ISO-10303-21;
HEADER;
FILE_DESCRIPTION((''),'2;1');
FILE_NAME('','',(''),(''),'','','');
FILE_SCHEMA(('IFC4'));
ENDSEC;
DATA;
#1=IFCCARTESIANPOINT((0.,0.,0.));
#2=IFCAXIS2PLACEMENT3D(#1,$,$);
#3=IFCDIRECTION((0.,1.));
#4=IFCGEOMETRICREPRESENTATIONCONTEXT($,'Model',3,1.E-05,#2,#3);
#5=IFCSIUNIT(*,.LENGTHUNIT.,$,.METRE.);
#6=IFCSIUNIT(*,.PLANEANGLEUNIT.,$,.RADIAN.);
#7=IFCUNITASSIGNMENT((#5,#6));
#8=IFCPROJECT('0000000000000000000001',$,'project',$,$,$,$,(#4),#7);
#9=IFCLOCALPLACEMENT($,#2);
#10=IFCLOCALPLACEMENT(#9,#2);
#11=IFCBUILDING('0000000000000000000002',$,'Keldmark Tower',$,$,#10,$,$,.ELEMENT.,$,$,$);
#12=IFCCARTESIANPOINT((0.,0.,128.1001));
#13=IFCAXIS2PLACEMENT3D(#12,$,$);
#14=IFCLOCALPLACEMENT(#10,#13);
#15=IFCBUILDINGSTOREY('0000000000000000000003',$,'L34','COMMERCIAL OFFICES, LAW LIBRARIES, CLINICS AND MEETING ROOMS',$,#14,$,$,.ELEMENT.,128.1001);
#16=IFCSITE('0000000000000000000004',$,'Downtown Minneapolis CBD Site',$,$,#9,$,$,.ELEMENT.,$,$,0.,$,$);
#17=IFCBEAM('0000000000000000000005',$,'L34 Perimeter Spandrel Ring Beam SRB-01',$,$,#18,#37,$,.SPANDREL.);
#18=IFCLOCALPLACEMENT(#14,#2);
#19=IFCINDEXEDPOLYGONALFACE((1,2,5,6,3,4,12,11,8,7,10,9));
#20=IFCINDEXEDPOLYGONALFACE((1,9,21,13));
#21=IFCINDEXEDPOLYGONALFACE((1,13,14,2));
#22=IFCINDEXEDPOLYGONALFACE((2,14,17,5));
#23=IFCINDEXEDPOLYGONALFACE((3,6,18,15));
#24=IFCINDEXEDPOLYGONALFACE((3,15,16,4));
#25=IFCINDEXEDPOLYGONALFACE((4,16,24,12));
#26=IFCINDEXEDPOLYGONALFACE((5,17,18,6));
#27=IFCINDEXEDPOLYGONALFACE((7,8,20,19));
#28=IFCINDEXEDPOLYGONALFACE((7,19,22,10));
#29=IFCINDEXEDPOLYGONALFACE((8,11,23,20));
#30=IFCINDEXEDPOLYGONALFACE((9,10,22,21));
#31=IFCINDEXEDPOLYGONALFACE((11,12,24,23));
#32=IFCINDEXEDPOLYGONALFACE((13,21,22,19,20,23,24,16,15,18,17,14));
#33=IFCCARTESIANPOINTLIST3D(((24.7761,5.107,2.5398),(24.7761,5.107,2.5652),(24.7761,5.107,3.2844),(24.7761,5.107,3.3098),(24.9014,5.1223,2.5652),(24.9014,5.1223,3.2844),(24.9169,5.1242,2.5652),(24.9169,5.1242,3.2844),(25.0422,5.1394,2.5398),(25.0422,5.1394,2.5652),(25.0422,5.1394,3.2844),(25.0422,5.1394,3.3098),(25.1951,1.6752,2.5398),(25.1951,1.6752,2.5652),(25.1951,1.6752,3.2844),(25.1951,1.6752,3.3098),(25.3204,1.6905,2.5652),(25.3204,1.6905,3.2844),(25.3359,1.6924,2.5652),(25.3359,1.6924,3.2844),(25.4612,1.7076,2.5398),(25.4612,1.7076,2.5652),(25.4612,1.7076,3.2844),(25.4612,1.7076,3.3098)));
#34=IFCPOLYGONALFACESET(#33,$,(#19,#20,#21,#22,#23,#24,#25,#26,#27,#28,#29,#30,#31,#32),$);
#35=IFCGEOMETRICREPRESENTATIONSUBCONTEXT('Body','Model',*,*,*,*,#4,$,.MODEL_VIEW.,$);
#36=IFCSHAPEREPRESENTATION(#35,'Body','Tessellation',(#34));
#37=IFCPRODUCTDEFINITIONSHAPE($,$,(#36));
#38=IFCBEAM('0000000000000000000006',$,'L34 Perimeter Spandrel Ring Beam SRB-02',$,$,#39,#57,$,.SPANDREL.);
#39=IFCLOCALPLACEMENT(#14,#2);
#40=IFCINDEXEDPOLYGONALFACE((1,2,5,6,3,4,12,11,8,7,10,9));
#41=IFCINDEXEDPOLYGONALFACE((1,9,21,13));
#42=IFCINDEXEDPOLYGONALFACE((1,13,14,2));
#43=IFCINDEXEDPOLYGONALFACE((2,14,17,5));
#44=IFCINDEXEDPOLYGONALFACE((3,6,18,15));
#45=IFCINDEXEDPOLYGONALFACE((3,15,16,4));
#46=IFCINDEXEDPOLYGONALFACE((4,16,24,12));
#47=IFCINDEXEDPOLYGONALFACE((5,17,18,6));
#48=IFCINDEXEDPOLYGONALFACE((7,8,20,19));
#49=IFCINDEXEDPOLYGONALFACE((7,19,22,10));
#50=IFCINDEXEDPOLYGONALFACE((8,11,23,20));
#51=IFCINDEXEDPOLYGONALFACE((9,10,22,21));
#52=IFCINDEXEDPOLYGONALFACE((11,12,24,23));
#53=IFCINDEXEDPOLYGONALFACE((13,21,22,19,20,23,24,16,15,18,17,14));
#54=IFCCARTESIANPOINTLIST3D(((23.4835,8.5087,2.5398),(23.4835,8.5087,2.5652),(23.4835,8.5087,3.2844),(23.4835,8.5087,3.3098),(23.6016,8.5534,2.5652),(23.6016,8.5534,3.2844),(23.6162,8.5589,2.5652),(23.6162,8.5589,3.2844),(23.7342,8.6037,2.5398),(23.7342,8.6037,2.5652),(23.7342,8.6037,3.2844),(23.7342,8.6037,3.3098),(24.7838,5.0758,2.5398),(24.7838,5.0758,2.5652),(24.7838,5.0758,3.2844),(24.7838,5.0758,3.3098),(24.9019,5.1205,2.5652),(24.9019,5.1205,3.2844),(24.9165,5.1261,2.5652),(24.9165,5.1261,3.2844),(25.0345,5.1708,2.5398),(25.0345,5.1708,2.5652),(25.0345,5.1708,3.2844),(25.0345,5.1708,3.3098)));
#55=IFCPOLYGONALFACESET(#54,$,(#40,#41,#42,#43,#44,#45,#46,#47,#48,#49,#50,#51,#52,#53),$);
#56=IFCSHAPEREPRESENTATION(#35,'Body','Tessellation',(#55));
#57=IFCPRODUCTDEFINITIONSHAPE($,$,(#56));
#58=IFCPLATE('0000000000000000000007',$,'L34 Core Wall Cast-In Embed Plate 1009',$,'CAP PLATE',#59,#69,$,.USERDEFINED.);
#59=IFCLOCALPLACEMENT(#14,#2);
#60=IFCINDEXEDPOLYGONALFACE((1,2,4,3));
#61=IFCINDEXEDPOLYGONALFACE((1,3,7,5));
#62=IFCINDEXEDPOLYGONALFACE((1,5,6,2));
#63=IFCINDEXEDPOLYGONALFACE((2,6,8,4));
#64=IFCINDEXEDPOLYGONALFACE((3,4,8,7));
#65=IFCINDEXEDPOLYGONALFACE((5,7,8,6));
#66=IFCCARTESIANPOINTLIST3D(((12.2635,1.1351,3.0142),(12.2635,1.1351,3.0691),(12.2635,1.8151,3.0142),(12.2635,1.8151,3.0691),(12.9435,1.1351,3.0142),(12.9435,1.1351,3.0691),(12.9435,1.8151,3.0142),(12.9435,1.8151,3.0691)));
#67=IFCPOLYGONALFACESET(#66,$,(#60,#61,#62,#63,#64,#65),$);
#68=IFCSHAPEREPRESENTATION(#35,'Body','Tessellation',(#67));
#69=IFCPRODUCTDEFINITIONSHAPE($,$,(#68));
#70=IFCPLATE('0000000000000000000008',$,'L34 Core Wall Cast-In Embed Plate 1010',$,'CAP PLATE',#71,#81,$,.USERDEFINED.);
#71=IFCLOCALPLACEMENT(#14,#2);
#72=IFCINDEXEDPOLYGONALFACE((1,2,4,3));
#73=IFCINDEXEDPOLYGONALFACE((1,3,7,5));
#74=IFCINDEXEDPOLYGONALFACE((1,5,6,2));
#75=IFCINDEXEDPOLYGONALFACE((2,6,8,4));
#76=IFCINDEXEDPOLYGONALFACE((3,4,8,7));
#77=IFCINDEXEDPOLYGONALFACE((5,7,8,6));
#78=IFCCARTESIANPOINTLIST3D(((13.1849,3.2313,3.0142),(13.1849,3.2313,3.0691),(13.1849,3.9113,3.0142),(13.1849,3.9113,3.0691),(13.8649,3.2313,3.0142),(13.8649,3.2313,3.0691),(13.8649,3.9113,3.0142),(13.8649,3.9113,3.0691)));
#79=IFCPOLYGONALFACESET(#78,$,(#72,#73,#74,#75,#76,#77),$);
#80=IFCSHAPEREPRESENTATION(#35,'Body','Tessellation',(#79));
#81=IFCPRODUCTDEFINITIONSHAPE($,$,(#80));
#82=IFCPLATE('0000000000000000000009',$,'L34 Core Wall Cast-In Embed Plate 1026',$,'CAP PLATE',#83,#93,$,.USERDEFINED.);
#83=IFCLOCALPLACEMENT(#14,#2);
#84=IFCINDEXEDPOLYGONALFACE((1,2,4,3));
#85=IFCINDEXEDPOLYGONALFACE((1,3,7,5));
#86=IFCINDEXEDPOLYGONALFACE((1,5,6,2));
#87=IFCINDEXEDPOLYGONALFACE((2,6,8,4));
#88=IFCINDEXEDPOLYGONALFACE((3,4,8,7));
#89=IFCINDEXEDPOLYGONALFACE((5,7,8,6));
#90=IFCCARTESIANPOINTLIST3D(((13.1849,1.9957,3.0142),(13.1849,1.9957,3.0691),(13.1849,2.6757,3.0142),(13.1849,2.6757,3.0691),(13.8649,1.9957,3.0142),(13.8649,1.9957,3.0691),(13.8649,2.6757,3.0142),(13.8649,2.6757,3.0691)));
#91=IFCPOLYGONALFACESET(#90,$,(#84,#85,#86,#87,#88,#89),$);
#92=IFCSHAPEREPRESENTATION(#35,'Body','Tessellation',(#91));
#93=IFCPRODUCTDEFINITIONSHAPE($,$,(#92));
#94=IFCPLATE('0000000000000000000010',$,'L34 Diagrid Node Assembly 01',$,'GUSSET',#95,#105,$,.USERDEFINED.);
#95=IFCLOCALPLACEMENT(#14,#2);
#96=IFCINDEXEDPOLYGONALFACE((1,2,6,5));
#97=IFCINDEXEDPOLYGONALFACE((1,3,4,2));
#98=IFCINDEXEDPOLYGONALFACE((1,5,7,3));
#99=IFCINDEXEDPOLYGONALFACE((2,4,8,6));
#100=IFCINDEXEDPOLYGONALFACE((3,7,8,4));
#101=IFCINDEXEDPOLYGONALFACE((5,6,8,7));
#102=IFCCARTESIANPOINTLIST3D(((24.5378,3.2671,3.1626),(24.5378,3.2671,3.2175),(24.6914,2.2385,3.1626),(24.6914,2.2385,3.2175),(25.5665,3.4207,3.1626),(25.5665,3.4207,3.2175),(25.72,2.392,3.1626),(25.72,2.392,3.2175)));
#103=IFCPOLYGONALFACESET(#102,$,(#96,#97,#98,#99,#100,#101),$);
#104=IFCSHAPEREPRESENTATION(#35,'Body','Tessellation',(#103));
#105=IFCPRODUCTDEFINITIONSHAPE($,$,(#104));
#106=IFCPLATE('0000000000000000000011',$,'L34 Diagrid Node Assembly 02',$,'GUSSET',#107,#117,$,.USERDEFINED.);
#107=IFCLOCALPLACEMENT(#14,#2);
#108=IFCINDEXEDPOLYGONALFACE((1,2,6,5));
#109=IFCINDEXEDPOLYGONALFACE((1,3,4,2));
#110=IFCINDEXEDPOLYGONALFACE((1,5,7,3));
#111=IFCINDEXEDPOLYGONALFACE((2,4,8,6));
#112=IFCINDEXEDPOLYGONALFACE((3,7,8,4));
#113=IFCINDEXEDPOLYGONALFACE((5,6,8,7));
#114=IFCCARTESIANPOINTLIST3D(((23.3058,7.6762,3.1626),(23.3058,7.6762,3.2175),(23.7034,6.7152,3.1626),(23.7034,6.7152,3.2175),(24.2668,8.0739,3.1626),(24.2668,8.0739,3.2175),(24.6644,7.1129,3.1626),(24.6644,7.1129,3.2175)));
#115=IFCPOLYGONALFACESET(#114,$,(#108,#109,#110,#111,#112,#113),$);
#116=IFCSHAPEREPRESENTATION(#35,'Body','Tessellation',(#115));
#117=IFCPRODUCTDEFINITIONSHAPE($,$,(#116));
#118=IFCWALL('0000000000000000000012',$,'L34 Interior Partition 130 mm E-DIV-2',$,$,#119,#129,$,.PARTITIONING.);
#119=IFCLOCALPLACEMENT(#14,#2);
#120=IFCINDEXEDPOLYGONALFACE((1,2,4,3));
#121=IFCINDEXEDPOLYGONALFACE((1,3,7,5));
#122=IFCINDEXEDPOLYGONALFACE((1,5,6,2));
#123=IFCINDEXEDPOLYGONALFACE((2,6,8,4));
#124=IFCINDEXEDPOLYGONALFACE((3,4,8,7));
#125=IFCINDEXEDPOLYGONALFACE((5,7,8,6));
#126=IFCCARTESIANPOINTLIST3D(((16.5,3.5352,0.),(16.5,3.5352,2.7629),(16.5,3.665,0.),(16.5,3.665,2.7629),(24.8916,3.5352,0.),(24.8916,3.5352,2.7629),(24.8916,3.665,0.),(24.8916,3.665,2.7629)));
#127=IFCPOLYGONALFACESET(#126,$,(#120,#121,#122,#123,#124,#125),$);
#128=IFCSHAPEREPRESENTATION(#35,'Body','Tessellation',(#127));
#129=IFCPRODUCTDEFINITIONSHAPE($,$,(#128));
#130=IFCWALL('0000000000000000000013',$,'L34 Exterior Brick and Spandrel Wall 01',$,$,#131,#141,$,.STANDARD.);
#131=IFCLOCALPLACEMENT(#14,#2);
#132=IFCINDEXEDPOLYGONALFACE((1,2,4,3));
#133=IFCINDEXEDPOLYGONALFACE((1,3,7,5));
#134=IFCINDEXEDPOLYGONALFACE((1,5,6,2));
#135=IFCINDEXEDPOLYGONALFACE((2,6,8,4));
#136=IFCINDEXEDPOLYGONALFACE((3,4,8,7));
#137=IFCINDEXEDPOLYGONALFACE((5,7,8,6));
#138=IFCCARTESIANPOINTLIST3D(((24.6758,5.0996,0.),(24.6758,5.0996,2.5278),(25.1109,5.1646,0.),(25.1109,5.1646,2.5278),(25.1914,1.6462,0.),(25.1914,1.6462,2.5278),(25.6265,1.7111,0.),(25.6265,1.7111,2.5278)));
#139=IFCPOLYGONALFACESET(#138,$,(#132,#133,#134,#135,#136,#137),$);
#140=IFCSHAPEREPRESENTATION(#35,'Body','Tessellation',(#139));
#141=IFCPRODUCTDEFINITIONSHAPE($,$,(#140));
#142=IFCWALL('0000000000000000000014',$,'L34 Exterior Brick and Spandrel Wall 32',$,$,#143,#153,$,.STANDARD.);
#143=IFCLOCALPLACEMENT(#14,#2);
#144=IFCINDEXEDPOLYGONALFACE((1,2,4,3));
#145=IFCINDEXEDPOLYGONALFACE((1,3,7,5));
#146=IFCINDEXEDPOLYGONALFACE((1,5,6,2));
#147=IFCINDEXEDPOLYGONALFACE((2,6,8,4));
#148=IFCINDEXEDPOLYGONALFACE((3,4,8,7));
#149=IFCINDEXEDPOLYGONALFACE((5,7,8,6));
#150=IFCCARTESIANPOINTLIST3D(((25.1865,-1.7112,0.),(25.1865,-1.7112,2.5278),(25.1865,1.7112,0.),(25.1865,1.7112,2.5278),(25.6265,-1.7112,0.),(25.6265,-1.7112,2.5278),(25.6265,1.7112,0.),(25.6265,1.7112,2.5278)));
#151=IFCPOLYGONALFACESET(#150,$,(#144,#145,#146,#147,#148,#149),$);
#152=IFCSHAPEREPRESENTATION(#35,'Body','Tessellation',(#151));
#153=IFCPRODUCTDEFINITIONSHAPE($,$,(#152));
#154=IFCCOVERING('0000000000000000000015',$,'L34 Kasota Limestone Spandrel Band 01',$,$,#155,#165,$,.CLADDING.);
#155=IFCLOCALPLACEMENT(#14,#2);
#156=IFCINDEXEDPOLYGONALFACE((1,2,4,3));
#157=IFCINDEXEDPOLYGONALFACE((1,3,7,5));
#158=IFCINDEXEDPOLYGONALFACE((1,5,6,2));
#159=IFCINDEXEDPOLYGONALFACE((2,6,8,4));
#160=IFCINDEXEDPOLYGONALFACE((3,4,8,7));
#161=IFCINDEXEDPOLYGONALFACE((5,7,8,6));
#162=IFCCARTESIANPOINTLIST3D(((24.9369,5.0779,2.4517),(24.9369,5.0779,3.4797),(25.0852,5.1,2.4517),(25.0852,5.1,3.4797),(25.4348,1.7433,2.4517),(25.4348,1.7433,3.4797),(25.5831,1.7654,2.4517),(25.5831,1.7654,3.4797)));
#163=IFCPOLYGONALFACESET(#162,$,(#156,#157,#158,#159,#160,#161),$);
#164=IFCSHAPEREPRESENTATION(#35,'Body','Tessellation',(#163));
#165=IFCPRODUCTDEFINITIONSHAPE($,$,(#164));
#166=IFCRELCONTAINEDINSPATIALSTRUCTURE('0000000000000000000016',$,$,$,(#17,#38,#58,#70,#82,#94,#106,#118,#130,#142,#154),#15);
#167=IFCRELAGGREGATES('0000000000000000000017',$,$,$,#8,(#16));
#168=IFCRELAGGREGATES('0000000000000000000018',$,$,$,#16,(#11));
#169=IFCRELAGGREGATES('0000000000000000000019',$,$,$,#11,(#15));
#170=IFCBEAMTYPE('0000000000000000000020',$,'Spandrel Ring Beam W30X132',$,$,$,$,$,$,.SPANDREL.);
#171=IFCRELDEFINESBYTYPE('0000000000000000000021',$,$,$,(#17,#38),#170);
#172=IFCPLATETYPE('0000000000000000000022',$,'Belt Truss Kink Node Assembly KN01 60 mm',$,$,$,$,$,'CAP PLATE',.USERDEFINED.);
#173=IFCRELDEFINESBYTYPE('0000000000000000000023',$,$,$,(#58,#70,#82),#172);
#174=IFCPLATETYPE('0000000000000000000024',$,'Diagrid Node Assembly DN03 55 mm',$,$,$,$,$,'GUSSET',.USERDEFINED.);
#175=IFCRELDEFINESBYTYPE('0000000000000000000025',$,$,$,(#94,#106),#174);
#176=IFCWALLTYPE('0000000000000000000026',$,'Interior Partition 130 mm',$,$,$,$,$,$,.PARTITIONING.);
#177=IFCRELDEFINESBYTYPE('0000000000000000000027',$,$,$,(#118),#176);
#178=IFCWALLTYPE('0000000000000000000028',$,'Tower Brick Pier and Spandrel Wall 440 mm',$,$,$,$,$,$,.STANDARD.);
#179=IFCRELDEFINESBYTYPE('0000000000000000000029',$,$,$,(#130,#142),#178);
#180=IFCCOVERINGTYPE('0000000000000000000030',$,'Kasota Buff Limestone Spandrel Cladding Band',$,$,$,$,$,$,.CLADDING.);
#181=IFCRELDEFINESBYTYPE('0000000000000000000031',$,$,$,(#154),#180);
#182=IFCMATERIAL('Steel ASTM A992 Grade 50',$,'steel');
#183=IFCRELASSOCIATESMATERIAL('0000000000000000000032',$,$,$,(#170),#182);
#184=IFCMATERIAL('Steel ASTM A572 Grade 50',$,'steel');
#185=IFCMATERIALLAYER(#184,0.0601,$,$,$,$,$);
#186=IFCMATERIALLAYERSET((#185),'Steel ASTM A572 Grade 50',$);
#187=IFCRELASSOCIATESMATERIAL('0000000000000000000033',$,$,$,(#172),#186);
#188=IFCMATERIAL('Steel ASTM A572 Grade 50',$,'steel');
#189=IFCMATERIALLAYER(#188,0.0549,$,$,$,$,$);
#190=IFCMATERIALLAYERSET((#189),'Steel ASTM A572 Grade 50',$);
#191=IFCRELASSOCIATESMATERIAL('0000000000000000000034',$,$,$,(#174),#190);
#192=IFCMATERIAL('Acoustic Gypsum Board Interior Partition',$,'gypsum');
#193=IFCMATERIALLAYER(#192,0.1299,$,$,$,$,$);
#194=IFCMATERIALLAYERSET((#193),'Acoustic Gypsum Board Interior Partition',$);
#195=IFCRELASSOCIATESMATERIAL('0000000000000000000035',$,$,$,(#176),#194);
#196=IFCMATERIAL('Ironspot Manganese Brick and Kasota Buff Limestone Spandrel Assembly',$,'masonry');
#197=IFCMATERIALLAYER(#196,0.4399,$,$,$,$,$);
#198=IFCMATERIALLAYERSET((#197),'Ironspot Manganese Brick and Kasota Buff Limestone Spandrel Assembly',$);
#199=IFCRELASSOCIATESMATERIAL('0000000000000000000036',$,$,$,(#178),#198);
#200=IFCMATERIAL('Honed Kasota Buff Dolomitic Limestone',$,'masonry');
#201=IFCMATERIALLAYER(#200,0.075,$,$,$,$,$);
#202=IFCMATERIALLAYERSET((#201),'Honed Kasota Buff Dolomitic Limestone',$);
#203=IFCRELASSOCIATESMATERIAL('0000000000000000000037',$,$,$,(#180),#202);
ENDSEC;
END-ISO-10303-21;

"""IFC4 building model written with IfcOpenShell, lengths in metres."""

from ifc_helpers import new_model, si_unit, direction, frame, frame_2d, origin, origin_2d, place, context, subcontext, project, spatial, rectangle, i_section, extrude, material, layer, layer_set, material_profile, profile_set, type_object, element, save


model = new_model("IFC4")

# Units and contexts
model_context = context("Model", 3, precision=1e-05, world=origin(), true_north=direction((0.0, 1.0)))
body_context = subcontext(model_context, "Body", "Model", "MODEL_VIEW")
ifc_project = project(units=[si_unit("LENGTHUNIT", "METRE"), si_unit("PLANEANGLEUNIT", "RADIAN")], contexts=[model_context])

# Site, building, storey
site_placement = place(None, origin())
site = spatial("IfcSite", under=ifc_project, at=site_placement, Name="Downtown Minneapolis CBD Site", CompositionType="ELEMENT", RefElevation=0.0)
building_placement = place(site_placement, origin())
building = spatial("IfcBuilding", under=site, at=building_placement, Name="Keldmark Tower", CompositionType="ELEMENT")
storey_placement = place(building_placement, frame((0.0, 0.0, 128.1001)))
storey = spatial("IfcBuildingStorey", under=building, at=storey_placement, Name="L34", Description="COMMERCIAL OFFICES, LAW LIBRARIES, CLINICS AND MEETING ROOMS", CompositionType="ELEMENT", Elevation=128.1001)

# Beams
ifc_material_1 = material(Name="Steel ASTM A992 Grade 50", Category="steel")
ifc_material_profile_1 = material_profile(ifc_material_1, i_section(OverallWidth=0.2681, OverallDepth=0.77, WebThickness=0.0156, FlangeThickness=0.0254, at=origin_2d()), Name="W30X132")
ifc_profile_set_1 = profile_set([ifc_material_profile_1], Name="Steel ASTM A992 Grade 50")
beam_type_1 = type_object("IfcBeamType", Name="Spandrel Ring Beam W30X132", PredefinedType="SPANDREL", material=ifc_profile_set_1)
beam_1_placement = place(storey_placement, frame((25.3281, 1.6914, 2.9248), z_axis=(-0.121175, 0.992631, 0.0), x_axis=(-0.992631, -0.121175, 0.0)))
element("IfcBeam", 1, at=beam_1_placement, inside=storey, type_object=beam_type_1, Name="L34 Perimeter Spandrel Ring Beam SRB-01", PredefinedType="SPANDREL", context=body_context, shape_type="SweptSolid", body=[
    extrude(i_section(OverallWidth=0.2681, OverallDepth=0.77, WebThickness=0.0156, FlangeThickness=0.0254, at=origin_2d()), origin(), (0.0, 0.0, 1.0), 3.4573),
])
beam_2_placement = place(storey_placement, frame((24.9092, 5.1233, 2.9248), z_axis=(-0.354219, 0.935162, 0.0), x_axis=(-0.935162, -0.354219, 0.0)))
element("IfcBeam", 2, at=beam_2_placement, inside=storey, type_object=beam_type_1, Name="L34 Perimeter Spandrel Ring Beam SRB-02", PredefinedType="SPANDREL", context=body_context, shape_type="SweptSolid", body=[
    extrude(i_section(OverallWidth=0.2681, OverallDepth=0.77, WebThickness=0.0156, FlangeThickness=0.0254, at=origin_2d()), origin(), (0.0, 0.0, 1.0), 3.6709),
])

# Plates
ifc_material_2 = material(Name="Steel ASTM A572 Grade 50", Category="steel")
ifc_layer_1 = layer(ifc_material_2, 0.0601)
ifc_layer_set_1 = layer_set([ifc_layer_1], Name="Steel ASTM A572 Grade 50")
plate_type_1 = type_object("IfcPlateType", Name="Belt Truss Kink Node Assembly KN01 60 mm", ElementType="CAP PLATE", PredefinedType="USERDEFINED", material=ifc_layer_set_1)
for number, where, z_axis, x_axis, name in (
    (3, (12.6035, 1.4751, 3.0142), (0.0, 0.0, 1.0), (1.0, 0.0, 0.0), "L34 Core Wall Cast-In Embed Plate 1009"),
    (4, (13.5249, 3.5713, 3.0142), (0.0, 0.0, 1.0), (1.0, 0.0, 0.0), "L34 Core Wall Cast-In Embed Plate 1010"),
    (5, (13.5249, 2.3357, 3.0142), (0.0, 0.0, 1.0), (1.0, 0.0, 0.0), "L34 Core Wall Cast-In Embed Plate 1026"),
):
    element("IfcPlate", number, at=place(storey_placement, frame(where, z_axis=z_axis, x_axis=x_axis)), inside=storey, type_object=plate_type_1, Name=name, ObjectType="CAP PLATE", PredefinedType="USERDEFINED", context=body_context, shape_type="SweptSolid", body=[
        extrude(rectangle(XDim=0.6799, YDim=0.6799, at=origin_2d()), origin(), (0.0, 0.0, 1.0), 0.0549),
    ])
ifc_material_3 = material(Name="Steel ASTM A572 Grade 50", Category="steel")
ifc_layer_2 = layer(ifc_material_3, 0.0549)
ifc_layer_set_2 = layer_set([ifc_layer_2], Name="Steel ASTM A572 Grade 50")
plate_type_2 = type_object("IfcPlateType", Name="Diagrid Node Assembly DN03 55 mm", ElementType="GUSSET", PredefinedType="USERDEFINED", material=ifc_layer_set_2)
for number, where, z_axis, x_axis, name in (
    (6, (25.1289, 2.8296, 3.1626), (0.0, 0.0, 1.0), (-0.147637, 0.989042, 0.0), "L34 Diagrid Node Assembly 01"),
    (7, (23.9851, 7.3945, 3.1626), (0.0, 0.0, 1.0), (-0.382361, 0.924013, 0.0), "L34 Diagrid Node Assembly 02"),
):
    element("IfcPlate", number, at=place(storey_placement, frame(where, z_axis=z_axis, x_axis=x_axis)), inside=storey, type_object=plate_type_2, Name=name, ObjectType="GUSSET", PredefinedType="USERDEFINED", context=body_context, shape_type="SweptSolid", body=[
        extrude(rectangle(XDim=1.04, YDim=1.04, at=origin_2d()), origin(), (0.0, 0.0, 1.0), 0.0549),
    ])

# Wall
ifc_material_4 = material(Name="Acoustic Gypsum Board Interior Partition", Category="gypsum")
ifc_layer_3 = layer(ifc_material_4, 0.1299)
ifc_layer_set_3 = layer_set([ifc_layer_3], Name="Acoustic Gypsum Board Interior Partition")
wall_type_1 = type_object("IfcWallType", Name="Interior Partition 130 mm", PredefinedType="PARTITIONING", material=ifc_layer_set_3)
wall_1_placement = place(storey_placement, frame((16.5, 3.6001, 0.0), z_axis=(0.0, 0.0, 1.0), x_axis=(1.0, 0.0, 0.0)))
element("IfcWall", 8, at=wall_1_placement, inside=storey, type_object=wall_type_1, Name="L34 Interior Partition 130 mm E-DIV-2", PredefinedType="PARTITIONING", context=body_context, shape_type="SweptSolid", body=[
    extrude(rectangle(XDim=8.3916, YDim=0.1299, at=frame_2d((4.1958, 0.0))), origin(), (0.0, 0.0, 1.0), 2.7629),
])

# Walls
ifc_material_5 = material(Name="Ironspot Manganese Brick and Kasota Buff Limestone Spandrel Assembly", Category="masonry")
ifc_layer_4 = layer(ifc_material_5, 0.4399)
ifc_layer_set_4 = layer_set([ifc_layer_4], Name="Ironspot Manganese Brick and Kasota Buff Limestone Spandrel Assembly")
wall_type_2 = type_object("IfcWallType", Name="Tower Brick Pier and Spandrel Wall 440 mm", PredefinedType="STANDARD", material=ifc_layer_set_4)
wall_2_placement = place(storey_placement, frame((24.8933, 5.1321, 0.0), z_axis=(0.0, 0.0, 1.0), x_axis=(0.147674, -0.989036, 0.0)))
element("IfcWall", 9, at=wall_2_placement, inside=storey, type_object=wall_type_2, Name="L34 Exterior Brick and Spandrel Wall 01", PredefinedType="STANDARD", context=body_context, shape_type="SweptSolid", body=[
    extrude(rectangle(XDim=3.4917, YDim=0.4399, at=frame_2d((1.7458, 0.0))), origin(), (0.0, 0.0, 1.0), 2.5278),
])
wall_3_placement = place(storey_placement, frame((25.4065, 1.7112, 0.0), z_axis=(0.0, 0.0, 1.0), x_axis=(0.0, -1.0, 0.0)))
element("IfcWall", 10, at=wall_3_placement, inside=storey, type_object=wall_type_2, Name="L34 Exterior Brick and Spandrel Wall 32", PredefinedType="STANDARD", context=body_context, shape_type="SweptSolid", body=[
    extrude(rectangle(XDim=3.4224, YDim=0.4399, at=frame_2d((1.7112, 0.0))), origin(), (0.0, 0.0, 1.0), 2.5278),
])

# Covering
ifc_material_6 = material(Name="Honed Kasota Buff Dolomitic Limestone", Category="masonry")
ifc_layer_5 = layer(ifc_material_6, 0.075)
ifc_layer_set_5 = layer_set([ifc_layer_5], Name="Honed Kasota Buff Dolomitic Limestone")
covering_type = type_object("IfcCoveringType", Name="Kasota Buff Limestone Spandrel Cladding Band", PredefinedType="CLADDING", material=ifc_layer_set_5)
covering_placement = place(storey_placement, frame((25.26, 3.4216, 2.4517), z_axis=(0.0, 0.0, 1.0), x_axis=(-0.147671, 0.989036, 0.0)))
element("IfcCovering", 11, at=covering_placement, inside=storey, type_object=covering_type, Name="L34 Kasota Limestone Spandrel Band 01", PredefinedType="CLADDING", context=body_context, shape_type="SweptSolid", body=[
    extrude(rectangle(XDim=3.3716, YDim=0.1499, at=origin_2d()), origin(), (0.0, 0.0, 1.0), 1.0281),
])

save(model, "model.ifc")
